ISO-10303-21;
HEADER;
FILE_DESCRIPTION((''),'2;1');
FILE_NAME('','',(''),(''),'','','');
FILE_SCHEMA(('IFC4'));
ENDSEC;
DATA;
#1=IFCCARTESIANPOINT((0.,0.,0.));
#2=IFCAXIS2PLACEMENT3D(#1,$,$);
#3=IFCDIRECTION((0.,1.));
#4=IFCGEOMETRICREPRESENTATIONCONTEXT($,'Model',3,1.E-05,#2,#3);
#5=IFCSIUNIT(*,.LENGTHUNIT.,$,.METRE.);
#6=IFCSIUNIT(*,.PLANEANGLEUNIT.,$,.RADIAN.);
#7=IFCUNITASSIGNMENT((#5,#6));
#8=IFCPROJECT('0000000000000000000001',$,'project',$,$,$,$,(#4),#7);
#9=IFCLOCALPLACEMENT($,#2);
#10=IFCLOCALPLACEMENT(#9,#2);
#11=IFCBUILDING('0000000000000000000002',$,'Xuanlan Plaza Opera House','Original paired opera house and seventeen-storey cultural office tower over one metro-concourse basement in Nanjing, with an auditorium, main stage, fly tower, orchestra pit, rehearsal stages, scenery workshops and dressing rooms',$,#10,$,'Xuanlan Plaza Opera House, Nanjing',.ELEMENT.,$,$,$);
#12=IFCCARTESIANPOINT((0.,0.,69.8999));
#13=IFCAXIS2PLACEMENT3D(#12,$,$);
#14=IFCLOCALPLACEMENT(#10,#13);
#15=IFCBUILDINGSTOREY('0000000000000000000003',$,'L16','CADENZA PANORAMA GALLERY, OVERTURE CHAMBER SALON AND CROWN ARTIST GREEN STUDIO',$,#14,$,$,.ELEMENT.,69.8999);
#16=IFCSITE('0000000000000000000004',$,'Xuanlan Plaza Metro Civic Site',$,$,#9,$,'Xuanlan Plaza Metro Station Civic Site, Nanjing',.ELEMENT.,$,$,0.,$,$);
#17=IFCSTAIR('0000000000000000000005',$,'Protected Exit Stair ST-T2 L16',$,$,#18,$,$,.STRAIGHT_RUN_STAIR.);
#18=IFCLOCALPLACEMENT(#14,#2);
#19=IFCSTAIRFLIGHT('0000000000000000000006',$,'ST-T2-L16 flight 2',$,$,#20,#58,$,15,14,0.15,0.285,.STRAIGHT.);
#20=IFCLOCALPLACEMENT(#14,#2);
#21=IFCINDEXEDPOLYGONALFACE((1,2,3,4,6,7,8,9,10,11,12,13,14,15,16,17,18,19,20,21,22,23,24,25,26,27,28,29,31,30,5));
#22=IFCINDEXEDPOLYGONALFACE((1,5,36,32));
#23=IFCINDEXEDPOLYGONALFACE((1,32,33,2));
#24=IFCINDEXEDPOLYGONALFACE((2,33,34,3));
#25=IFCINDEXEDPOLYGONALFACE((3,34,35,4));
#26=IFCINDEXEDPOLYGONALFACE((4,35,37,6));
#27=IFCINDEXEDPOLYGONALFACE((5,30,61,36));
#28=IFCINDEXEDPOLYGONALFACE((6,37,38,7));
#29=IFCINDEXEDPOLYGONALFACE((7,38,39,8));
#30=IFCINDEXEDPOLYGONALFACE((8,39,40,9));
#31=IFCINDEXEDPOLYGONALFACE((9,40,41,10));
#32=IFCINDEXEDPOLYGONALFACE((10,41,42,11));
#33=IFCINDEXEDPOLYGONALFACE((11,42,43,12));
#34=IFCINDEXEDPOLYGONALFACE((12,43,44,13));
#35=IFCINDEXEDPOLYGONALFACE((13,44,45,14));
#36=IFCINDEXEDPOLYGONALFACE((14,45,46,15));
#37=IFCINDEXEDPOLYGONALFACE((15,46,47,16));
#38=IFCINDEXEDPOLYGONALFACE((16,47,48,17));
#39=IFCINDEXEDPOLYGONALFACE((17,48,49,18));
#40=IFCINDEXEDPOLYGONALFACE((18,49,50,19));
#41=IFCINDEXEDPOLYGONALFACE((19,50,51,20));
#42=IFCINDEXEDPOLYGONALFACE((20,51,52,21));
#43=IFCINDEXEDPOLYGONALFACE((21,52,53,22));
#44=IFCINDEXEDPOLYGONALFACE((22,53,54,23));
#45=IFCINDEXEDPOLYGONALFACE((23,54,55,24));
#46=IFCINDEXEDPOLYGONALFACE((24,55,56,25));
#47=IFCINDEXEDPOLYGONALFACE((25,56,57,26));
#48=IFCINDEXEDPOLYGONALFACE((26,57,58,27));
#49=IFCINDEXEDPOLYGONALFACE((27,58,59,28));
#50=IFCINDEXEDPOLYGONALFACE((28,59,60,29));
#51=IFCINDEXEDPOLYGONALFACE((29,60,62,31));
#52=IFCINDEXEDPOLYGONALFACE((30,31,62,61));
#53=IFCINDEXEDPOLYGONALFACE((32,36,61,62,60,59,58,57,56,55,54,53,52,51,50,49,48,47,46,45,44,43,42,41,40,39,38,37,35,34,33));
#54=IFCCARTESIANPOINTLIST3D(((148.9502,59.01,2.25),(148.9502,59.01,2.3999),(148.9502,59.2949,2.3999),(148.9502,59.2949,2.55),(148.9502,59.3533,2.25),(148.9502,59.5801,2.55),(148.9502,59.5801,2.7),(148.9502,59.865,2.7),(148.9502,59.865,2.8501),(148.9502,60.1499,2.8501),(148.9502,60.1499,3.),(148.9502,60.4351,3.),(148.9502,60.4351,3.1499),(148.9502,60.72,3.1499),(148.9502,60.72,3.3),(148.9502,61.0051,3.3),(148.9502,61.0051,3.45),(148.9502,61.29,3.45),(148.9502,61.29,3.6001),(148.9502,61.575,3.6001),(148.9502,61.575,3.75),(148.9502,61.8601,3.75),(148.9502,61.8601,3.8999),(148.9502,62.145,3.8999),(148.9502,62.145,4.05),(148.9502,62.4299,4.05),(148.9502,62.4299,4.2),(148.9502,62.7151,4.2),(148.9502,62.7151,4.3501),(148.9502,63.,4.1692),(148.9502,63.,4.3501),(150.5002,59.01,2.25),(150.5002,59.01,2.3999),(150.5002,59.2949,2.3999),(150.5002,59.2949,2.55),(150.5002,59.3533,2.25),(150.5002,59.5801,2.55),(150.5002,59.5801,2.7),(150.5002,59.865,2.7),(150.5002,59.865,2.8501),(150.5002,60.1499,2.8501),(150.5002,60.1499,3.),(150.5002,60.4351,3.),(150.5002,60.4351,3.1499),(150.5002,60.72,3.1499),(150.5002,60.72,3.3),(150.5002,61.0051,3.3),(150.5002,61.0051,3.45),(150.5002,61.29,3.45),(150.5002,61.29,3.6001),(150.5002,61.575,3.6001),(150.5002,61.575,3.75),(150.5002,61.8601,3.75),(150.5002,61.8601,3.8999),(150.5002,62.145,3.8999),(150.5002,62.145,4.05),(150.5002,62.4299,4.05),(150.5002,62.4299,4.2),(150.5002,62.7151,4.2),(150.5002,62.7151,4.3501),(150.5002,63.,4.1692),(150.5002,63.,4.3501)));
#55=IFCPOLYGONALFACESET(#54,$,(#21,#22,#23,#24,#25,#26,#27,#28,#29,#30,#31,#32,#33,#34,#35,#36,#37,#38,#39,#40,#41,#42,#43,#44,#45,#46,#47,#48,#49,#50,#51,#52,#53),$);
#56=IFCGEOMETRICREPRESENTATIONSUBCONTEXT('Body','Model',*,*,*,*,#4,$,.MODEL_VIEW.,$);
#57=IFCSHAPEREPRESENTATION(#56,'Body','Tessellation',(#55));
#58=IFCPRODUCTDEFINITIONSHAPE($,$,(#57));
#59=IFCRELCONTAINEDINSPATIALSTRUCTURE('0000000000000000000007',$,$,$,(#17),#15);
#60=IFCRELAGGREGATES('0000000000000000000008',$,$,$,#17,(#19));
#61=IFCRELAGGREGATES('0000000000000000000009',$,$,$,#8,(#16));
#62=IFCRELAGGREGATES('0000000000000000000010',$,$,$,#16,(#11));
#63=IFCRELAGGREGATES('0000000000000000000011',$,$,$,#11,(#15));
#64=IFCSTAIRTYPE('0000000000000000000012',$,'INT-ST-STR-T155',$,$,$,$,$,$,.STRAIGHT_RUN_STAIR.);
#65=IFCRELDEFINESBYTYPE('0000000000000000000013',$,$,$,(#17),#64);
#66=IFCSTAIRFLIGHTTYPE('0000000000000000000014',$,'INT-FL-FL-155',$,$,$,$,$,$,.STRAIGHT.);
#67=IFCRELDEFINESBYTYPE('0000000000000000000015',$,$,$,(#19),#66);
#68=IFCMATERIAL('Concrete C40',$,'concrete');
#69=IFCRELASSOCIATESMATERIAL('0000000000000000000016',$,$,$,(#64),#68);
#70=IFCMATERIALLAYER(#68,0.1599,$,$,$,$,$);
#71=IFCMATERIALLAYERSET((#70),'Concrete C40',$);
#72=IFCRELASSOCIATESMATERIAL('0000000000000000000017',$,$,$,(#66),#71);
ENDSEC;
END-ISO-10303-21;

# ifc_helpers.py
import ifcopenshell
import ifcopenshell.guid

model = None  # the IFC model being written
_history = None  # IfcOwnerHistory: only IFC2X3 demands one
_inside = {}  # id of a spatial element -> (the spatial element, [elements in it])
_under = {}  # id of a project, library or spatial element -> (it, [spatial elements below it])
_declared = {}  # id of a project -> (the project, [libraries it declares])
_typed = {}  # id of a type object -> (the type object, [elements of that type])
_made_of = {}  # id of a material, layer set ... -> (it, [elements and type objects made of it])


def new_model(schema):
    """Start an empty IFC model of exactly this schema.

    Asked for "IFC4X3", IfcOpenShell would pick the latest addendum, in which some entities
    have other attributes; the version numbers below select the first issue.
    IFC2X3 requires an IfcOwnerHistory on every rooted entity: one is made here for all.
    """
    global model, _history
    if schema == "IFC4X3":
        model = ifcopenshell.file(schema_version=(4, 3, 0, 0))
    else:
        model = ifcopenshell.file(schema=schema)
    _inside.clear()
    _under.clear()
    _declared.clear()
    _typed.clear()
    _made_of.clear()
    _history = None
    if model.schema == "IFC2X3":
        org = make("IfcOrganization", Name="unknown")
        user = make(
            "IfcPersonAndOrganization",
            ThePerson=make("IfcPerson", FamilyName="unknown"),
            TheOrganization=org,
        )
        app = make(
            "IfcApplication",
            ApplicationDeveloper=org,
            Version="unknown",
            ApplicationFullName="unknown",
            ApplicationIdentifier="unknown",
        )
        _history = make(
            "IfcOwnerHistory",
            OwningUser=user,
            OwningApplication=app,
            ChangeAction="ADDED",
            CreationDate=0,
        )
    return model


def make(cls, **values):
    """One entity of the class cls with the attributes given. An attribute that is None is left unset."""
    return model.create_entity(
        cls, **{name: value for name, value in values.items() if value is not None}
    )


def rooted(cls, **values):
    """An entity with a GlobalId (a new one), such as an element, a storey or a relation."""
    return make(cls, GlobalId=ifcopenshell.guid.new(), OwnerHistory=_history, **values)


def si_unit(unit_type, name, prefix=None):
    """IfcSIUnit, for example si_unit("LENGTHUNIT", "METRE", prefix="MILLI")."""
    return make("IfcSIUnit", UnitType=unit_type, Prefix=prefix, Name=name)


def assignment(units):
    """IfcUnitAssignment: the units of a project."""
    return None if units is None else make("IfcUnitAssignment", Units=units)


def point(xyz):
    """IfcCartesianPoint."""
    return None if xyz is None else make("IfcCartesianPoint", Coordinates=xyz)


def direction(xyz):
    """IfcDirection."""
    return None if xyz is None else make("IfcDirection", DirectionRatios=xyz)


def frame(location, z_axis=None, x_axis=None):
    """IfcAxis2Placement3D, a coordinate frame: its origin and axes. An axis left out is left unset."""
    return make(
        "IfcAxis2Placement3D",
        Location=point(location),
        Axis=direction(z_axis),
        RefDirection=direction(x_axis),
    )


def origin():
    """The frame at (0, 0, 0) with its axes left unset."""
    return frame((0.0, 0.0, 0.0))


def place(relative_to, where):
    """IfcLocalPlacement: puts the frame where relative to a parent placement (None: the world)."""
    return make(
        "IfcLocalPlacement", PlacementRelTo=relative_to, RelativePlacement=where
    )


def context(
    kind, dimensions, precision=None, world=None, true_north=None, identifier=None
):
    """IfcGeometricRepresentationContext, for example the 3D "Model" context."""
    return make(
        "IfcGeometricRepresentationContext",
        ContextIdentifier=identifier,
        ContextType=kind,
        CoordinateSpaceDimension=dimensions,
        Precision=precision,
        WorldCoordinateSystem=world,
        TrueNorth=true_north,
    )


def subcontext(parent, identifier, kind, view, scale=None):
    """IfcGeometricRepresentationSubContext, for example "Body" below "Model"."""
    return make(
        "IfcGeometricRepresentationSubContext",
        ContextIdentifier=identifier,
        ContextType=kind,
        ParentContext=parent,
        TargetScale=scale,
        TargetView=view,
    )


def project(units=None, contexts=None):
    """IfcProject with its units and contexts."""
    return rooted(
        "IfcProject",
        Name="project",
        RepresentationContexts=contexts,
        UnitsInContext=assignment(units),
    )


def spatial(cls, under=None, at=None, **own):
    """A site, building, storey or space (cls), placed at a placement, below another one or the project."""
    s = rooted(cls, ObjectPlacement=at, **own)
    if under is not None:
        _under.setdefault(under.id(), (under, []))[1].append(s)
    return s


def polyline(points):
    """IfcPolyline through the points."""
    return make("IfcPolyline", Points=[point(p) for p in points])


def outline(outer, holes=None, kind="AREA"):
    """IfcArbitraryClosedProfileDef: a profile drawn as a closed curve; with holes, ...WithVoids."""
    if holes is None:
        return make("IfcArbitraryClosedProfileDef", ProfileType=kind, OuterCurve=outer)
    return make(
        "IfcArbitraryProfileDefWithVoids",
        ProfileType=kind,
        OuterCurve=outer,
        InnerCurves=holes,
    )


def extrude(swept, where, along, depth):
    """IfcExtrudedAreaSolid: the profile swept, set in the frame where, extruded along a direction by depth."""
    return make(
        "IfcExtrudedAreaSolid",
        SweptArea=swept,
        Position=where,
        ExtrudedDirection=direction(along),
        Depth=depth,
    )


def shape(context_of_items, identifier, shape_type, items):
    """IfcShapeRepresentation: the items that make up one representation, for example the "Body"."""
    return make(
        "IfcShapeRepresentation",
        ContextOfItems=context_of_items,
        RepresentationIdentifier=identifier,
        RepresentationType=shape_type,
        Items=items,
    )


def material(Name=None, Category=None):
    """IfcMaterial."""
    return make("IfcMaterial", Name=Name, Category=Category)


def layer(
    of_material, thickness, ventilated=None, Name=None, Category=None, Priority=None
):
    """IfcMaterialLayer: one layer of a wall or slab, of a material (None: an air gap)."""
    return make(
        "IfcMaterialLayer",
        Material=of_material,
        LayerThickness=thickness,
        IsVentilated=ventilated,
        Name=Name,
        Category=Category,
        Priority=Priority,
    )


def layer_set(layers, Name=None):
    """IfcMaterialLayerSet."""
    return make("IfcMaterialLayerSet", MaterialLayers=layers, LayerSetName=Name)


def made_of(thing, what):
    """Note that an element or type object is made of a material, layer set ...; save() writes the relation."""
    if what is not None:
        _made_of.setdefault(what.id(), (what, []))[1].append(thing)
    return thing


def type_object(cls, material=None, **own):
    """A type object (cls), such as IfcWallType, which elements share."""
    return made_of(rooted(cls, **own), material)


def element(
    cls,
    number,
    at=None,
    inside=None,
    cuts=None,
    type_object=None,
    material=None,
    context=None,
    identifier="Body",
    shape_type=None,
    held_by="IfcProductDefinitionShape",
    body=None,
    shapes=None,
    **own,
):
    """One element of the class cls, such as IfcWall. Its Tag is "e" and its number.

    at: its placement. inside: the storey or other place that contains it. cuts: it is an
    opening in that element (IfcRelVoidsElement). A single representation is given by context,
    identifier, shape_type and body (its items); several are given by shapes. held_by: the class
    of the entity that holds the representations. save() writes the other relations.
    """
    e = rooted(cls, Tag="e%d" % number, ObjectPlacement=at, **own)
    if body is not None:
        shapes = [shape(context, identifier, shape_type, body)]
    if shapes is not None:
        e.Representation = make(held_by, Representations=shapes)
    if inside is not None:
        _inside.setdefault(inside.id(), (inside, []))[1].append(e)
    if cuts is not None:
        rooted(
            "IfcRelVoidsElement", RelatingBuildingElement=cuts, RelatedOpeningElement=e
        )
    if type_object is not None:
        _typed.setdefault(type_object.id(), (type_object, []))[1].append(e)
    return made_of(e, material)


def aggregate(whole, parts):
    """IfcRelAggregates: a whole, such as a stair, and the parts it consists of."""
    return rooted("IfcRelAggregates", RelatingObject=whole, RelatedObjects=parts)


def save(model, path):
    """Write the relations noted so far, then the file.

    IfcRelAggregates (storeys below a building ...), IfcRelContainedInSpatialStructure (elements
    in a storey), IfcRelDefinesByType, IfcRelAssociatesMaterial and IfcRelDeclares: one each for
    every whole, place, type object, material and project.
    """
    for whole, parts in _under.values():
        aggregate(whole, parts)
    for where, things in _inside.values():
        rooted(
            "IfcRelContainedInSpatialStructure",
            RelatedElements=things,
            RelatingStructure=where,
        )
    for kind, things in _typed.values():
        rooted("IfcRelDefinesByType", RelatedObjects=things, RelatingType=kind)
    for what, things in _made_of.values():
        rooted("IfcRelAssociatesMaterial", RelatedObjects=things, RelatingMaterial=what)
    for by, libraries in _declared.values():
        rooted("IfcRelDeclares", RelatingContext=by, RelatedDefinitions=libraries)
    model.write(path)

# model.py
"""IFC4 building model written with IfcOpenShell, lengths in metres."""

from ifc_helpers import new_model, si_unit, direction, frame, origin, place, context, subcontext, project, spatial, polyline, outline, extrude, material, layer, layer_set, type_object, element, aggregate, save


model = new_model("IFC4")

# Units and contexts
model_context = context("Model", 3, precision=1e-05, world=origin(), true_north=direction((0.0, 1.0)))
body_context = subcontext(model_context, "Body", "Model", "MODEL_VIEW")
ifc_project = project(units=[si_unit("LENGTHUNIT", "METRE"), si_unit("PLANEANGLEUNIT", "RADIAN")], contexts=[model_context])

# Site, building, storey
site_placement = place(None, origin())
site = spatial("IfcSite", under=ifc_project, at=site_placement, Name="Xuanlan Plaza Metro Civic Site", LongName="Xuanlan Plaza Metro Station Civic Site, Nanjing", CompositionType="ELEMENT", RefElevation=0.0)
building_placement = place(site_placement, origin())
building = spatial("IfcBuilding", under=site, at=building_placement, Name="Xuanlan Plaza Opera House", Description="Original paired opera house and seventeen-storey cultural office tower over one metro-concourse basement in Nanjing, with an auditorium, main stage, fly tower, orchestra pit, rehearsal stages, scenery workshops and dressing rooms", LongName="Xuanlan Plaza Opera House, Nanjing", CompositionType="ELEMENT")
storey_placement = place(building_placement, frame((0.0, 0.0, 69.8999)))
storey = spatial("IfcBuildingStorey", under=building, at=storey_placement, Name="L16", Description="CADENZA PANORAMA GALLERY, OVERTURE CHAMBER SALON AND CROWN ARTIST GREEN STUDIO", CompositionType="ELEMENT", Elevation=69.8999)

# Shared definitions
ifc_material_1 = material(Name="Concrete C40", Category="concrete")

# Stair, stair flight
stair_type = type_object("IfcStairType", Name="INT-ST-STR-T155", PredefinedType="STRAIGHT_RUN_STAIR", material=ifc_material_1)
stair_placement = place(storey_placement, origin())
stair = element("IfcStair", 1, at=stair_placement, inside=storey, type_object=stair_type, Name="Protected Exit Stair ST-T2 L16", PredefinedType="STRAIGHT_RUN_STAIR")
ifc_layer_1 = layer(ifc_material_1, 0.1599)
ifc_layer_set_1 = layer_set([ifc_layer_1], Name="Concrete C40")
stair_flight_type = type_object("IfcStairFlightType", Name="INT-FL-FL-155", PredefinedType="STRAIGHT", material=ifc_layer_set_1)
stair_flight_placement = place(storey_placement, frame((149.7251, 59.01, 2.25), z_axis=(0.0, 0.0, 1.0), x_axis=(0.0, 1.0, 0.0)))
stair_flight = element("IfcStairFlight", 2, at=stair_flight_placement, type_object=stair_flight_type, Name="ST-T2-L16 flight 2", NumberOfRisers=15, NumberOfTreads=14, PredefinedType="STRAIGHT", RiserHeight=0.15, TreadLength=0.285, context=body_context, shape_type="SweptSolid", body=[
    extrude(outline(polyline([(0.0, 0.0), (0.0, 0.1499), (0.2849, 0.1499), (0.2849, 0.3), (0.5701, 0.3), (0.5701, 0.45), (0.855, 0.45), (0.855, 0.6001), (1.1399, 0.6001), (1.1399, 0.75), (1.425, 0.75), (1.425, 0.8999), (1.71, 0.8999), (1.71, 1.05), (1.9951, 1.05), (1.9951, 1.2), (2.28, 1.2), (2.28, 1.3501), (2.5649, 1.3501), (2.5649, 1.5), (2.8501, 1.5), (2.8501, 1.6499), (3.135, 1.6499), (3.135, 1.8), (3.4199, 1.8), (3.4199, 1.95), (3.7051, 1.95), (3.7051, 2.1001), (3.99, 2.1001), (3.99, 2.25), (3.99, 1.9192), (0.3433, 0.0), (0.0, 0.0)])), frame((0.0, 0.7749, 0.0), z_axis=(0.0, -1.0, 0.0), x_axis=(1.0, 0.0, 0.0)), (0.0, 0.0, 1.0), 1.55),
])
aggregate(stair, [stair_flight])

save(model, "model.ifc")
